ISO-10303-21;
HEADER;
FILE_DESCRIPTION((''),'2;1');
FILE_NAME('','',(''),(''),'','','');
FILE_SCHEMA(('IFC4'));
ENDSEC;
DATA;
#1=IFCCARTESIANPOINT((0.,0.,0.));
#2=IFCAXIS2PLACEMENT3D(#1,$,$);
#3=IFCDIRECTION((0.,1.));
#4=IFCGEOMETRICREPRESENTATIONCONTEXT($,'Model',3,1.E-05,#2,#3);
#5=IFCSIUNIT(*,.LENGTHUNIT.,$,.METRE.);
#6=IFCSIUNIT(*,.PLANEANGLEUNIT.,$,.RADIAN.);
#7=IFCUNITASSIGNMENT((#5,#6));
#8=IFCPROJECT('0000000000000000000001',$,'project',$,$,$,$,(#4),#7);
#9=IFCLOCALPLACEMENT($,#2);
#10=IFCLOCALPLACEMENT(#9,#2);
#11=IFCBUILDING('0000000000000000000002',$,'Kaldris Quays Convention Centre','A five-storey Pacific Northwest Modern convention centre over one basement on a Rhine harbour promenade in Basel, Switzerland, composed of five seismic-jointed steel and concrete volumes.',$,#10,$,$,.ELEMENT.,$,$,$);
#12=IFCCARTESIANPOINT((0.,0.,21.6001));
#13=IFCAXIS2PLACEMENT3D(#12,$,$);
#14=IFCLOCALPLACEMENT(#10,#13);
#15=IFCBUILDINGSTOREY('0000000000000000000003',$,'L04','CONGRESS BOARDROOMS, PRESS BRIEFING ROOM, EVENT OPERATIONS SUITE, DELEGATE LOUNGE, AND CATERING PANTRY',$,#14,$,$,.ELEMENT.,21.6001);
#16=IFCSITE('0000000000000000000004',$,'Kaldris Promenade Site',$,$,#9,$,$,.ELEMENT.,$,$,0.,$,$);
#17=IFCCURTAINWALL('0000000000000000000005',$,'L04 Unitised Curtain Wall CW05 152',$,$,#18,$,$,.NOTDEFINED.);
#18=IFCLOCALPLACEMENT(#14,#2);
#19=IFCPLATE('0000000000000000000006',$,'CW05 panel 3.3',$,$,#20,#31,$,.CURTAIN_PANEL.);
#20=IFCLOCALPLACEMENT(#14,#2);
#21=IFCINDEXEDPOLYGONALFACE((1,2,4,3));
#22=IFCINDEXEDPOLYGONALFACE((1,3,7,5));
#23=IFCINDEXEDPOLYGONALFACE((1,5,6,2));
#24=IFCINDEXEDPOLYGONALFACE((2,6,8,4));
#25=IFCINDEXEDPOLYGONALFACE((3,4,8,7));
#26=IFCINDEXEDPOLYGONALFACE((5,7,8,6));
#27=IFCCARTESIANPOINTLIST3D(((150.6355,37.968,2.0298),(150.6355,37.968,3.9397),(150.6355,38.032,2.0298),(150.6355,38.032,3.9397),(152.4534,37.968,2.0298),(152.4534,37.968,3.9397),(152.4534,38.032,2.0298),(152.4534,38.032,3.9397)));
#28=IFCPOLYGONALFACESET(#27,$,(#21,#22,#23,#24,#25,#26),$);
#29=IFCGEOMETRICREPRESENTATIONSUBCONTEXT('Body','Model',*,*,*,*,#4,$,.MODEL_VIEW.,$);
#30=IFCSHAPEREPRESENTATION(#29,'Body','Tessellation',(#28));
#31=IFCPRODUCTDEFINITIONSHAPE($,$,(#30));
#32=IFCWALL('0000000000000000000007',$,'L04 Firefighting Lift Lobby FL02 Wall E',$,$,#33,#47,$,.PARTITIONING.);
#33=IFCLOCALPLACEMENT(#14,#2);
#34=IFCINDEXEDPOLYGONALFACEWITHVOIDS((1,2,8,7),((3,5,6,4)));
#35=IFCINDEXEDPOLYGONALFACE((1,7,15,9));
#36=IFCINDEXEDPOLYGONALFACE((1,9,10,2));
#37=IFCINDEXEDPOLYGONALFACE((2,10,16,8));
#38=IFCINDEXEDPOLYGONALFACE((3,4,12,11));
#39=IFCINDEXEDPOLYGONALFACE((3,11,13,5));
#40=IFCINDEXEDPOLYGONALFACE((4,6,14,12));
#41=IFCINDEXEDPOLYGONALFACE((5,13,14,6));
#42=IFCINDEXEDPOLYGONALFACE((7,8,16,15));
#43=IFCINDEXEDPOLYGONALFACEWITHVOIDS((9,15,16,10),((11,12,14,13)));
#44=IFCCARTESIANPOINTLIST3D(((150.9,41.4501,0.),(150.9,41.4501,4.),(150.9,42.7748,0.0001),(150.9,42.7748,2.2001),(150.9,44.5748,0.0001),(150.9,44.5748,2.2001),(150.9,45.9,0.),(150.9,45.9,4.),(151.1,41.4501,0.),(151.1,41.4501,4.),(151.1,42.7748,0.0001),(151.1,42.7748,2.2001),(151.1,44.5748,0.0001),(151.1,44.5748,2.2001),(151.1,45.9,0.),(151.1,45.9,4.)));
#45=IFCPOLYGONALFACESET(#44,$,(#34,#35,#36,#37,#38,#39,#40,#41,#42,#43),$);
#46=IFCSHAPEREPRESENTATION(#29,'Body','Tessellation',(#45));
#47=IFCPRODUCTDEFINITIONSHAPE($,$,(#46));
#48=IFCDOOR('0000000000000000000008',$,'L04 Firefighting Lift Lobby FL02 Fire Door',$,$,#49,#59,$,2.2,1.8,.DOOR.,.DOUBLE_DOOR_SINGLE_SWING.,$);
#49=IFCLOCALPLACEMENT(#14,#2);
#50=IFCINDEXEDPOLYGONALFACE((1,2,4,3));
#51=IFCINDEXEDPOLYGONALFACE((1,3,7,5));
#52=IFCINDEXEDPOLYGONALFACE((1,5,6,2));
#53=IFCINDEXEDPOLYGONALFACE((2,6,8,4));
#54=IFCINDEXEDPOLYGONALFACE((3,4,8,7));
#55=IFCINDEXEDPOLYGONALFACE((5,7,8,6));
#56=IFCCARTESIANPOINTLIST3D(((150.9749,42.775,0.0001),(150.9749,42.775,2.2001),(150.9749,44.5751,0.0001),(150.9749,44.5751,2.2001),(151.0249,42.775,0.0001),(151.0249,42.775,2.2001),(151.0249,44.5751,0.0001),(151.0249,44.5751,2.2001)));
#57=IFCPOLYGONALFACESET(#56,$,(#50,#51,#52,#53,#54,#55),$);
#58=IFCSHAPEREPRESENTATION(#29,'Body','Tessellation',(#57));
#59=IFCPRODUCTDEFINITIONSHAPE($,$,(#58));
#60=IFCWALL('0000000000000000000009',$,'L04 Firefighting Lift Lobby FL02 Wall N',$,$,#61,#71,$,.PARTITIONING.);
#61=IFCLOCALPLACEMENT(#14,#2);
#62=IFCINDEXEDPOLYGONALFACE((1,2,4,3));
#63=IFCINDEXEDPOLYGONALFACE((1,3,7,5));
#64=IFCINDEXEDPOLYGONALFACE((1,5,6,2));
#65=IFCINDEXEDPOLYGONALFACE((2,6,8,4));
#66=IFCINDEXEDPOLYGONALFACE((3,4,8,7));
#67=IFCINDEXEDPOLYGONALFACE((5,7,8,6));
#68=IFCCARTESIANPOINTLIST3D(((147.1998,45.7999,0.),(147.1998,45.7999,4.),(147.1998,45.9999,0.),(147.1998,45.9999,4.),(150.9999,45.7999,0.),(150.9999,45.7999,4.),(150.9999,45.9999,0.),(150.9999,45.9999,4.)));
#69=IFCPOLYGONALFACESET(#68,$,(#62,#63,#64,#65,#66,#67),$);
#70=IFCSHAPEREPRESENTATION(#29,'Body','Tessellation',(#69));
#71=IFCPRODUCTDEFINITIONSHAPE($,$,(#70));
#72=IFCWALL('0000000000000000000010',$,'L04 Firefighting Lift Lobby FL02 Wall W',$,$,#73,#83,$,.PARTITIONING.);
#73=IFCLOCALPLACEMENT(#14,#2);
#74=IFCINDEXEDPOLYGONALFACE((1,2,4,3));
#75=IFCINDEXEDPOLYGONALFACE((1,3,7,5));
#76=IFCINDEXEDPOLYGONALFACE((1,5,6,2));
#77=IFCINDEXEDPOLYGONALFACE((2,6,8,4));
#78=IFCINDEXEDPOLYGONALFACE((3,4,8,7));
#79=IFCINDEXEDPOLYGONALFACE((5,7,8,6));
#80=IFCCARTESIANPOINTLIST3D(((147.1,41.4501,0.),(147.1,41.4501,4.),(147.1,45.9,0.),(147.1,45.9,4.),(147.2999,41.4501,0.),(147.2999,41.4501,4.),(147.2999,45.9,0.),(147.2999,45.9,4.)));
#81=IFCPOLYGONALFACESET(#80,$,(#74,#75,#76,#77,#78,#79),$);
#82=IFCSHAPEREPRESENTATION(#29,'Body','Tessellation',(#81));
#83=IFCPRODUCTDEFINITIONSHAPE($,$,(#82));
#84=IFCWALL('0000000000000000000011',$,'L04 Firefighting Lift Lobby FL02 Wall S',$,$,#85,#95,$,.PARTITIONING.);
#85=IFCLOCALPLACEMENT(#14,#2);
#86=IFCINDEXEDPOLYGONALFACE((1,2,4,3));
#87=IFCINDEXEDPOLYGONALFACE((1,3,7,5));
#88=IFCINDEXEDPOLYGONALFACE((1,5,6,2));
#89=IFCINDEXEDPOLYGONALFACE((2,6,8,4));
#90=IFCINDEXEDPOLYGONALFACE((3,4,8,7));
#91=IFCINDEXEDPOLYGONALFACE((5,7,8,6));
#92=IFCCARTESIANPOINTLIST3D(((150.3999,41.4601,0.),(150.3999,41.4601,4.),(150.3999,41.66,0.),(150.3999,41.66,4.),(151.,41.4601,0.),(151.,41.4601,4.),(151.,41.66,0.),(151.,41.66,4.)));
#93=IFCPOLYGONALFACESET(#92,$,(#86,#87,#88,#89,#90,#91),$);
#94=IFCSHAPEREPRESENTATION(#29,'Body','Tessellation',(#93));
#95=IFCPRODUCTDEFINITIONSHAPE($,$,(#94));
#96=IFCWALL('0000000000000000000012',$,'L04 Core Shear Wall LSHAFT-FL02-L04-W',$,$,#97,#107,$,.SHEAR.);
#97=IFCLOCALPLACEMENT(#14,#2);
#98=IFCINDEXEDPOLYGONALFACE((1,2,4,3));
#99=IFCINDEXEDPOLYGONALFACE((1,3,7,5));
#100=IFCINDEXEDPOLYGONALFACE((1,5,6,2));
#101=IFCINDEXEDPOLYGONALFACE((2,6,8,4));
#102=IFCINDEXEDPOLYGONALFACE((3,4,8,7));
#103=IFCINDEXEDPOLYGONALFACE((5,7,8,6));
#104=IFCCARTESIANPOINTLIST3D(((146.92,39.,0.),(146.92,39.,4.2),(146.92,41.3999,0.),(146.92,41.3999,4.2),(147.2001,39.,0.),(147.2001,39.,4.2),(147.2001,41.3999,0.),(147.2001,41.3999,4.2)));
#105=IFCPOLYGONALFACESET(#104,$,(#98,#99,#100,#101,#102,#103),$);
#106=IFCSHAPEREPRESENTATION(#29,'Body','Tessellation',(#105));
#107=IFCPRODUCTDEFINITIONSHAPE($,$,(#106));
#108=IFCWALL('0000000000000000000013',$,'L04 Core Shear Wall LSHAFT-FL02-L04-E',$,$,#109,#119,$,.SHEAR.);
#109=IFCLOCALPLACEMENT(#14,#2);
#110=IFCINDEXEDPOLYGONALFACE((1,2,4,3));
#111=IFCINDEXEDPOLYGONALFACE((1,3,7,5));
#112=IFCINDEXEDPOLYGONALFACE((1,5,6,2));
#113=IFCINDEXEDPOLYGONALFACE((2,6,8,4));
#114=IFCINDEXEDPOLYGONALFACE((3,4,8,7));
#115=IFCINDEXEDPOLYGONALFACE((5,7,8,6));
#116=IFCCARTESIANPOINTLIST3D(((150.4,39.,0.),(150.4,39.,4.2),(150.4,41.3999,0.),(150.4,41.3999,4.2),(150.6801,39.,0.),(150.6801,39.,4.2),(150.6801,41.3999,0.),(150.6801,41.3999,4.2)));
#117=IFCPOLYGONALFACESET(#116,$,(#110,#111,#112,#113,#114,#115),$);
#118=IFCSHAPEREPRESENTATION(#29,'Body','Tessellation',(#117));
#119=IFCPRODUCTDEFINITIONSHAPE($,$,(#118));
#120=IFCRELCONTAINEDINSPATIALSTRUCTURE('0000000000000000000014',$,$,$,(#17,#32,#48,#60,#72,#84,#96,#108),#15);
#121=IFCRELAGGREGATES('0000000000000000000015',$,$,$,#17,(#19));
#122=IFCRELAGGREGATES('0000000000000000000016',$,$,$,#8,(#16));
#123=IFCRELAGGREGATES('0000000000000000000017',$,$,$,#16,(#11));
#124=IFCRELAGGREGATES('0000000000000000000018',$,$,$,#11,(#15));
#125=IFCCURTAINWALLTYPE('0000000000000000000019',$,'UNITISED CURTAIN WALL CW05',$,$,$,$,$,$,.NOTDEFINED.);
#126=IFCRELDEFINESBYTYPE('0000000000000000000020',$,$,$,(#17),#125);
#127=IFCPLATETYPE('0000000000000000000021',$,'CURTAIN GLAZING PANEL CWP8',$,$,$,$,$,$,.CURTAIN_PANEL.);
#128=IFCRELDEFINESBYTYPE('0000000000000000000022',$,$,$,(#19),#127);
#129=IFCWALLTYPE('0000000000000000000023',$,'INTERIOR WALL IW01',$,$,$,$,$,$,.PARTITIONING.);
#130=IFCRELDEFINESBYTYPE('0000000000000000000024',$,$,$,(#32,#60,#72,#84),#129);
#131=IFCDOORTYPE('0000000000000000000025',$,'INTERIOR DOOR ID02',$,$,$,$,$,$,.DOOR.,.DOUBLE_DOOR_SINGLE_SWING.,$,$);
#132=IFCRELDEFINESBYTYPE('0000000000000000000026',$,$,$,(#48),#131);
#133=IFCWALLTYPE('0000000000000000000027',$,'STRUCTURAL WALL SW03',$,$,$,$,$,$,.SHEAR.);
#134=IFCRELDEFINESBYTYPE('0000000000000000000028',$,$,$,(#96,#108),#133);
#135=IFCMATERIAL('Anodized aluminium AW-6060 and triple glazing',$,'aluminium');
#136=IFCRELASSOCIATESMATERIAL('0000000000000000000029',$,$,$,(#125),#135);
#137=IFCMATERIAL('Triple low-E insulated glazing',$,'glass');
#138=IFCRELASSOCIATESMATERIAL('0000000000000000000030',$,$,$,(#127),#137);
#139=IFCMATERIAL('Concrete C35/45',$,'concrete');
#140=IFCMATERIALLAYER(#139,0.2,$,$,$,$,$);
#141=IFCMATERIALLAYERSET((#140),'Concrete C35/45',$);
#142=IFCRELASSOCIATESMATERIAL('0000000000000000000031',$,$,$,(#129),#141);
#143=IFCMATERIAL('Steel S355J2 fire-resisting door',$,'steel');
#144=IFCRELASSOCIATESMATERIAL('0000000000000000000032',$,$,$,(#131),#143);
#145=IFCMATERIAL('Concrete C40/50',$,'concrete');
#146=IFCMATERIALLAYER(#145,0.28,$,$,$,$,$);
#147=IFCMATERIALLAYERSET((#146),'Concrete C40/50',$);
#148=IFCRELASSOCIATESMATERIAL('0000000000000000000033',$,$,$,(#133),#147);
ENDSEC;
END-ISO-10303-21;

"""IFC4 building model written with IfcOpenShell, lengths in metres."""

from ifc_helpers import new_model, si_unit, direction, frame, frame_2d, origin, origin_2d, place, context, subcontext, project, spatial, rectangle, extrude, material, layer, layer_set, type_object, element, fill, aggregate, save


model = new_model("IFC4")

# Units and contexts
model_context = context("Model", 3, precision=1e-05, world=origin(), true_north=direction((0.0, 1.0)))
body_context = subcontext(model_context, "Body", "Model", "MODEL_VIEW")
ifc_project = project(units=[si_unit("LENGTHUNIT", "METRE"), si_unit("PLANEANGLEUNIT", "RADIAN")], contexts=[model_context])

# Site, building, storey
site_placement = place(None, origin())
site = spatial("IfcSite", under=ifc_project, at=site_placement, Name="Kaldris Promenade Site", CompositionType="ELEMENT", RefElevation=0.0)
building_placement = place(site_placement, origin())
building = spatial("IfcBuilding", under=site, at=building_placement, Name="Kaldris Quays Convention Centre", Description="A five-storey Pacific Northwest Modern convention centre over one basement on a Rhine harbour promenade in Basel, Switzerland, composed of five seismic-jointed steel and concrete volumes.", CompositionType="ELEMENT")
storey_placement = place(building_placement, frame((0.0, 0.0, 21.6001)))
storey = spatial("IfcBuildingStorey", under=building, at=storey_placement, Name="L04", Description="CONGRESS BOARDROOMS, PRESS BRIEFING ROOM, EVENT OPERATIONS SUITE, DELEGATE LOUNGE, AND CATERING PANTRY", CompositionType="ELEMENT", Elevation=21.6001)

# Curtain wall
ifc_material_1 = material(Name="Anodized aluminium AW-6060 and triple glazing", Category="aluminium")
curtain_wall_type = type_object("IfcCurtainWallType", Name="UNITISED CURTAIN WALL CW05", PredefinedType="NOTDEFINED", material=ifc_material_1)
curtain_wall_placement = place(storey_placement, origin())
curtain_wall = element("IfcCurtainWall", 1, at=curtain_wall_placement, inside=storey, type_object=curtain_wall_type, Name="L04 Unitised Curtain Wall CW05 152", PredefinedType="NOTDEFINED")

# Plate
ifc_material_2 = material(Name="Triple low-E insulated glazing", Category="glass")
plate_type = type_object("IfcPlateType", Name="CURTAIN GLAZING PANEL CWP8", PredefinedType="CURTAIN_PANEL", material=ifc_material_2)
plate_1_placement = place(storey_placement, frame((151.5444, 38.0, 2.0298), z_axis=(0.0, 0.0, 1.0), x_axis=(1.0, 0.0, 0.0)))
plate_1 = element("IfcPlate", 2, at=plate_1_placement, type_object=plate_type, Name="CW05 panel 3.3", PredefinedType="CURTAIN_PANEL", context=body_context, shape_type="SweptSolid", body=[
    extrude(rectangle(XDim=1.8179, YDim=0.064, at=origin_2d()), origin(), (0.0, 0.0, 1.0), 1.9099),
])
aggregate(curtain_wall, [plate_1])

# Wall, opening, door
ifc_material_3 = material(Name="Concrete C35/45", Category="concrete")
ifc_layer_1 = layer(ifc_material_3, 0.2)
ifc_layer_set_1 = layer_set([ifc_layer_1], Name="Concrete C35/45")
wall_type_1 = type_object("IfcWallType", Name="INTERIOR WALL IW01", PredefinedType="PARTITIONING", material=ifc_layer_set_1)
wall_1_placement = place(storey_placement, frame((151.0, 41.45, 0.0), z_axis=(0.0, 0.0, 1.0), x_axis=(0.0, 1.0, 0.0)))
wall_1 = element("IfcWall", 3, at=wall_1_placement, inside=storey, type_object=wall_type_1, Name="L04 Firefighting Lift Lobby FL02 Wall E", PredefinedType="PARTITIONING", context=body_context, shape_type="SweptSolid", body=[
    extrude(rectangle(XDim=4.45, YDim=0.2, at=frame_2d((2.2251, 0.0))), origin(), (0.0, 0.0, 1.0), 4.0),
])
opening_1_placement = place(wall_1_placement, frame((1.325, 0.0, 0.0)))
opening_1 = element("IfcOpeningElement", 4, at=opening_1_placement, cuts=wall_1, PredefinedType="OPENING", context=body_context, shape_type="SweptSolid", body=[
    extrude(rectangle(XDim=1.8, YDim=2.2, at=frame_2d((0.8999, 1.1001))), frame((0.0, 0.1099, 0.0), z_axis=(0.0, -1.0, 0.0), x_axis=(1.0, 0.0, 0.0)), (0.0, 0.0, 1.0), 0.22),
])
ifc_material_4 = material(Name="Steel S355J2 fire-resisting door", Category="steel")
door_type_1 = type_object("IfcDoorType", Name="INTERIOR DOOR ID02", OperationType="DOUBLE_DOOR_SINGLE_SWING", PredefinedType="DOOR", material=ifc_material_4)
door_1_placement = place(opening_1_placement, frame((1.8, 0.0, 0.0), z_axis=(0.0, 0.0, 1.0), x_axis=(-1.0, 0.0, 0.0)))
door_1 = element("IfcDoor", 5, at=door_1_placement, inside=storey, type_object=door_type_1, Name="L04 Firefighting Lift Lobby FL02 Fire Door", OperationType="DOUBLE_DOOR_SINGLE_SWING", OverallHeight=2.2, OverallWidth=1.8, PredefinedType="DOOR", context=body_context, shape_type="SweptSolid", body=[
    extrude(rectangle(XDim=1.8, YDim=2.2, at=frame_2d((0.8999, 1.1001))), frame((0.0, 0.0249, 0.0), z_axis=(0.0, -1.0, 0.0), x_axis=(1.0, 0.0, 0.0)), (0.0, 0.0, 1.0), 0.05),
])
fill(opening_1, door_1)

# Walls
wall_2_placement = place(storey_placement, frame((147.2, 45.8999, 0.0), z_axis=(0.0, 0.0, 1.0), x_axis=(1.0, 0.0, 0.0)))
element("IfcWall", 6, at=wall_2_placement, inside=storey, type_object=wall_type_1, Name="L04 Firefighting Lift Lobby FL02 Wall N", PredefinedType="PARTITIONING", context=body_context, shape_type="SweptSolid", body=[
    extrude(rectangle(XDim=3.8, YDim=0.2, at=frame_2d((1.8999, 0.0))), origin(), (0.0, 0.0, 1.0), 4.0),
])
wall_3_placement = place(storey_placement, frame((147.2, 41.45, 0.0), z_axis=(0.0, 0.0, 1.0), x_axis=(0.0, 1.0, 0.0)))
element("IfcWall", 7, at=wall_3_placement, inside=storey, type_object=wall_type_1, Name="L04 Firefighting Lift Lobby FL02 Wall W", PredefinedType="PARTITIONING", context=body_context, shape_type="SweptSolid", body=[
    extrude(rectangle(XDim=4.45, YDim=0.2, at=frame_2d((2.2251, 0.0))), origin(), (0.0, 0.0, 1.0), 4.0),
])
wall_4_placement = place(storey_placement, frame((150.3999, 41.5601, 0.0), z_axis=(0.0, 0.0, 1.0), x_axis=(1.0, 0.0, 0.0)))
element("IfcWall", 8, at=wall_4_placement, inside=storey, type_object=wall_type_1, Name="L04 Firefighting Lift Lobby FL02 Wall S", PredefinedType="PARTITIONING", context=body_context, shape_type="SweptSolid", body=[
    extrude(rectangle(XDim=0.6001, YDim=0.2, at=frame_2d((0.3, 0.0))), origin(), (0.0, 0.0, 1.0), 4.0),
])

# Shared definitions
ifc_material_5 = material(Name="Concrete C40/50", Category="concrete")
ifc_layer_2 = layer(ifc_material_5, 0.28)
ifc_layer_set_2 = layer_set([ifc_layer_2], Name="Concrete C40/50")
wall_type_2 = type_object("IfcWallType", Name="STRUCTURAL WALL SW03", PredefinedType="SHEAR", material=ifc_layer_set_2)

# Walls
for number, where, z_axis, x_axis, name in (
    (9, (147.0601, 39.0, 0.0), (0.0, 0.0, 1.0), (0.0, 1.0, 0.0), "L04 Core Shear Wall LSHAFT-FL02-L04-W"),
    (10, (150.54, 39.0, 0.0), (0.0, 0.0, 1.0), (0.0, 1.0, 0.0), "L04 Core Shear Wall LSHAFT-FL02-L04-E"),
):
    element("IfcWall", number, at=place(storey_placement, frame(where, z_axis=z_axis, x_axis=x_axis)), inside=storey, type_object=wall_type_2, Name=name, PredefinedType="SHEAR", context=body_context, shape_type="SweptSolid", body=[
        extrude(rectangle(XDim=2.3999, YDim=0.28, at=frame_2d((1.2, 0.0))), origin(), (0.0, 0.0, 1.0), 4.2),
    ])

save(model, "model.ifc")
